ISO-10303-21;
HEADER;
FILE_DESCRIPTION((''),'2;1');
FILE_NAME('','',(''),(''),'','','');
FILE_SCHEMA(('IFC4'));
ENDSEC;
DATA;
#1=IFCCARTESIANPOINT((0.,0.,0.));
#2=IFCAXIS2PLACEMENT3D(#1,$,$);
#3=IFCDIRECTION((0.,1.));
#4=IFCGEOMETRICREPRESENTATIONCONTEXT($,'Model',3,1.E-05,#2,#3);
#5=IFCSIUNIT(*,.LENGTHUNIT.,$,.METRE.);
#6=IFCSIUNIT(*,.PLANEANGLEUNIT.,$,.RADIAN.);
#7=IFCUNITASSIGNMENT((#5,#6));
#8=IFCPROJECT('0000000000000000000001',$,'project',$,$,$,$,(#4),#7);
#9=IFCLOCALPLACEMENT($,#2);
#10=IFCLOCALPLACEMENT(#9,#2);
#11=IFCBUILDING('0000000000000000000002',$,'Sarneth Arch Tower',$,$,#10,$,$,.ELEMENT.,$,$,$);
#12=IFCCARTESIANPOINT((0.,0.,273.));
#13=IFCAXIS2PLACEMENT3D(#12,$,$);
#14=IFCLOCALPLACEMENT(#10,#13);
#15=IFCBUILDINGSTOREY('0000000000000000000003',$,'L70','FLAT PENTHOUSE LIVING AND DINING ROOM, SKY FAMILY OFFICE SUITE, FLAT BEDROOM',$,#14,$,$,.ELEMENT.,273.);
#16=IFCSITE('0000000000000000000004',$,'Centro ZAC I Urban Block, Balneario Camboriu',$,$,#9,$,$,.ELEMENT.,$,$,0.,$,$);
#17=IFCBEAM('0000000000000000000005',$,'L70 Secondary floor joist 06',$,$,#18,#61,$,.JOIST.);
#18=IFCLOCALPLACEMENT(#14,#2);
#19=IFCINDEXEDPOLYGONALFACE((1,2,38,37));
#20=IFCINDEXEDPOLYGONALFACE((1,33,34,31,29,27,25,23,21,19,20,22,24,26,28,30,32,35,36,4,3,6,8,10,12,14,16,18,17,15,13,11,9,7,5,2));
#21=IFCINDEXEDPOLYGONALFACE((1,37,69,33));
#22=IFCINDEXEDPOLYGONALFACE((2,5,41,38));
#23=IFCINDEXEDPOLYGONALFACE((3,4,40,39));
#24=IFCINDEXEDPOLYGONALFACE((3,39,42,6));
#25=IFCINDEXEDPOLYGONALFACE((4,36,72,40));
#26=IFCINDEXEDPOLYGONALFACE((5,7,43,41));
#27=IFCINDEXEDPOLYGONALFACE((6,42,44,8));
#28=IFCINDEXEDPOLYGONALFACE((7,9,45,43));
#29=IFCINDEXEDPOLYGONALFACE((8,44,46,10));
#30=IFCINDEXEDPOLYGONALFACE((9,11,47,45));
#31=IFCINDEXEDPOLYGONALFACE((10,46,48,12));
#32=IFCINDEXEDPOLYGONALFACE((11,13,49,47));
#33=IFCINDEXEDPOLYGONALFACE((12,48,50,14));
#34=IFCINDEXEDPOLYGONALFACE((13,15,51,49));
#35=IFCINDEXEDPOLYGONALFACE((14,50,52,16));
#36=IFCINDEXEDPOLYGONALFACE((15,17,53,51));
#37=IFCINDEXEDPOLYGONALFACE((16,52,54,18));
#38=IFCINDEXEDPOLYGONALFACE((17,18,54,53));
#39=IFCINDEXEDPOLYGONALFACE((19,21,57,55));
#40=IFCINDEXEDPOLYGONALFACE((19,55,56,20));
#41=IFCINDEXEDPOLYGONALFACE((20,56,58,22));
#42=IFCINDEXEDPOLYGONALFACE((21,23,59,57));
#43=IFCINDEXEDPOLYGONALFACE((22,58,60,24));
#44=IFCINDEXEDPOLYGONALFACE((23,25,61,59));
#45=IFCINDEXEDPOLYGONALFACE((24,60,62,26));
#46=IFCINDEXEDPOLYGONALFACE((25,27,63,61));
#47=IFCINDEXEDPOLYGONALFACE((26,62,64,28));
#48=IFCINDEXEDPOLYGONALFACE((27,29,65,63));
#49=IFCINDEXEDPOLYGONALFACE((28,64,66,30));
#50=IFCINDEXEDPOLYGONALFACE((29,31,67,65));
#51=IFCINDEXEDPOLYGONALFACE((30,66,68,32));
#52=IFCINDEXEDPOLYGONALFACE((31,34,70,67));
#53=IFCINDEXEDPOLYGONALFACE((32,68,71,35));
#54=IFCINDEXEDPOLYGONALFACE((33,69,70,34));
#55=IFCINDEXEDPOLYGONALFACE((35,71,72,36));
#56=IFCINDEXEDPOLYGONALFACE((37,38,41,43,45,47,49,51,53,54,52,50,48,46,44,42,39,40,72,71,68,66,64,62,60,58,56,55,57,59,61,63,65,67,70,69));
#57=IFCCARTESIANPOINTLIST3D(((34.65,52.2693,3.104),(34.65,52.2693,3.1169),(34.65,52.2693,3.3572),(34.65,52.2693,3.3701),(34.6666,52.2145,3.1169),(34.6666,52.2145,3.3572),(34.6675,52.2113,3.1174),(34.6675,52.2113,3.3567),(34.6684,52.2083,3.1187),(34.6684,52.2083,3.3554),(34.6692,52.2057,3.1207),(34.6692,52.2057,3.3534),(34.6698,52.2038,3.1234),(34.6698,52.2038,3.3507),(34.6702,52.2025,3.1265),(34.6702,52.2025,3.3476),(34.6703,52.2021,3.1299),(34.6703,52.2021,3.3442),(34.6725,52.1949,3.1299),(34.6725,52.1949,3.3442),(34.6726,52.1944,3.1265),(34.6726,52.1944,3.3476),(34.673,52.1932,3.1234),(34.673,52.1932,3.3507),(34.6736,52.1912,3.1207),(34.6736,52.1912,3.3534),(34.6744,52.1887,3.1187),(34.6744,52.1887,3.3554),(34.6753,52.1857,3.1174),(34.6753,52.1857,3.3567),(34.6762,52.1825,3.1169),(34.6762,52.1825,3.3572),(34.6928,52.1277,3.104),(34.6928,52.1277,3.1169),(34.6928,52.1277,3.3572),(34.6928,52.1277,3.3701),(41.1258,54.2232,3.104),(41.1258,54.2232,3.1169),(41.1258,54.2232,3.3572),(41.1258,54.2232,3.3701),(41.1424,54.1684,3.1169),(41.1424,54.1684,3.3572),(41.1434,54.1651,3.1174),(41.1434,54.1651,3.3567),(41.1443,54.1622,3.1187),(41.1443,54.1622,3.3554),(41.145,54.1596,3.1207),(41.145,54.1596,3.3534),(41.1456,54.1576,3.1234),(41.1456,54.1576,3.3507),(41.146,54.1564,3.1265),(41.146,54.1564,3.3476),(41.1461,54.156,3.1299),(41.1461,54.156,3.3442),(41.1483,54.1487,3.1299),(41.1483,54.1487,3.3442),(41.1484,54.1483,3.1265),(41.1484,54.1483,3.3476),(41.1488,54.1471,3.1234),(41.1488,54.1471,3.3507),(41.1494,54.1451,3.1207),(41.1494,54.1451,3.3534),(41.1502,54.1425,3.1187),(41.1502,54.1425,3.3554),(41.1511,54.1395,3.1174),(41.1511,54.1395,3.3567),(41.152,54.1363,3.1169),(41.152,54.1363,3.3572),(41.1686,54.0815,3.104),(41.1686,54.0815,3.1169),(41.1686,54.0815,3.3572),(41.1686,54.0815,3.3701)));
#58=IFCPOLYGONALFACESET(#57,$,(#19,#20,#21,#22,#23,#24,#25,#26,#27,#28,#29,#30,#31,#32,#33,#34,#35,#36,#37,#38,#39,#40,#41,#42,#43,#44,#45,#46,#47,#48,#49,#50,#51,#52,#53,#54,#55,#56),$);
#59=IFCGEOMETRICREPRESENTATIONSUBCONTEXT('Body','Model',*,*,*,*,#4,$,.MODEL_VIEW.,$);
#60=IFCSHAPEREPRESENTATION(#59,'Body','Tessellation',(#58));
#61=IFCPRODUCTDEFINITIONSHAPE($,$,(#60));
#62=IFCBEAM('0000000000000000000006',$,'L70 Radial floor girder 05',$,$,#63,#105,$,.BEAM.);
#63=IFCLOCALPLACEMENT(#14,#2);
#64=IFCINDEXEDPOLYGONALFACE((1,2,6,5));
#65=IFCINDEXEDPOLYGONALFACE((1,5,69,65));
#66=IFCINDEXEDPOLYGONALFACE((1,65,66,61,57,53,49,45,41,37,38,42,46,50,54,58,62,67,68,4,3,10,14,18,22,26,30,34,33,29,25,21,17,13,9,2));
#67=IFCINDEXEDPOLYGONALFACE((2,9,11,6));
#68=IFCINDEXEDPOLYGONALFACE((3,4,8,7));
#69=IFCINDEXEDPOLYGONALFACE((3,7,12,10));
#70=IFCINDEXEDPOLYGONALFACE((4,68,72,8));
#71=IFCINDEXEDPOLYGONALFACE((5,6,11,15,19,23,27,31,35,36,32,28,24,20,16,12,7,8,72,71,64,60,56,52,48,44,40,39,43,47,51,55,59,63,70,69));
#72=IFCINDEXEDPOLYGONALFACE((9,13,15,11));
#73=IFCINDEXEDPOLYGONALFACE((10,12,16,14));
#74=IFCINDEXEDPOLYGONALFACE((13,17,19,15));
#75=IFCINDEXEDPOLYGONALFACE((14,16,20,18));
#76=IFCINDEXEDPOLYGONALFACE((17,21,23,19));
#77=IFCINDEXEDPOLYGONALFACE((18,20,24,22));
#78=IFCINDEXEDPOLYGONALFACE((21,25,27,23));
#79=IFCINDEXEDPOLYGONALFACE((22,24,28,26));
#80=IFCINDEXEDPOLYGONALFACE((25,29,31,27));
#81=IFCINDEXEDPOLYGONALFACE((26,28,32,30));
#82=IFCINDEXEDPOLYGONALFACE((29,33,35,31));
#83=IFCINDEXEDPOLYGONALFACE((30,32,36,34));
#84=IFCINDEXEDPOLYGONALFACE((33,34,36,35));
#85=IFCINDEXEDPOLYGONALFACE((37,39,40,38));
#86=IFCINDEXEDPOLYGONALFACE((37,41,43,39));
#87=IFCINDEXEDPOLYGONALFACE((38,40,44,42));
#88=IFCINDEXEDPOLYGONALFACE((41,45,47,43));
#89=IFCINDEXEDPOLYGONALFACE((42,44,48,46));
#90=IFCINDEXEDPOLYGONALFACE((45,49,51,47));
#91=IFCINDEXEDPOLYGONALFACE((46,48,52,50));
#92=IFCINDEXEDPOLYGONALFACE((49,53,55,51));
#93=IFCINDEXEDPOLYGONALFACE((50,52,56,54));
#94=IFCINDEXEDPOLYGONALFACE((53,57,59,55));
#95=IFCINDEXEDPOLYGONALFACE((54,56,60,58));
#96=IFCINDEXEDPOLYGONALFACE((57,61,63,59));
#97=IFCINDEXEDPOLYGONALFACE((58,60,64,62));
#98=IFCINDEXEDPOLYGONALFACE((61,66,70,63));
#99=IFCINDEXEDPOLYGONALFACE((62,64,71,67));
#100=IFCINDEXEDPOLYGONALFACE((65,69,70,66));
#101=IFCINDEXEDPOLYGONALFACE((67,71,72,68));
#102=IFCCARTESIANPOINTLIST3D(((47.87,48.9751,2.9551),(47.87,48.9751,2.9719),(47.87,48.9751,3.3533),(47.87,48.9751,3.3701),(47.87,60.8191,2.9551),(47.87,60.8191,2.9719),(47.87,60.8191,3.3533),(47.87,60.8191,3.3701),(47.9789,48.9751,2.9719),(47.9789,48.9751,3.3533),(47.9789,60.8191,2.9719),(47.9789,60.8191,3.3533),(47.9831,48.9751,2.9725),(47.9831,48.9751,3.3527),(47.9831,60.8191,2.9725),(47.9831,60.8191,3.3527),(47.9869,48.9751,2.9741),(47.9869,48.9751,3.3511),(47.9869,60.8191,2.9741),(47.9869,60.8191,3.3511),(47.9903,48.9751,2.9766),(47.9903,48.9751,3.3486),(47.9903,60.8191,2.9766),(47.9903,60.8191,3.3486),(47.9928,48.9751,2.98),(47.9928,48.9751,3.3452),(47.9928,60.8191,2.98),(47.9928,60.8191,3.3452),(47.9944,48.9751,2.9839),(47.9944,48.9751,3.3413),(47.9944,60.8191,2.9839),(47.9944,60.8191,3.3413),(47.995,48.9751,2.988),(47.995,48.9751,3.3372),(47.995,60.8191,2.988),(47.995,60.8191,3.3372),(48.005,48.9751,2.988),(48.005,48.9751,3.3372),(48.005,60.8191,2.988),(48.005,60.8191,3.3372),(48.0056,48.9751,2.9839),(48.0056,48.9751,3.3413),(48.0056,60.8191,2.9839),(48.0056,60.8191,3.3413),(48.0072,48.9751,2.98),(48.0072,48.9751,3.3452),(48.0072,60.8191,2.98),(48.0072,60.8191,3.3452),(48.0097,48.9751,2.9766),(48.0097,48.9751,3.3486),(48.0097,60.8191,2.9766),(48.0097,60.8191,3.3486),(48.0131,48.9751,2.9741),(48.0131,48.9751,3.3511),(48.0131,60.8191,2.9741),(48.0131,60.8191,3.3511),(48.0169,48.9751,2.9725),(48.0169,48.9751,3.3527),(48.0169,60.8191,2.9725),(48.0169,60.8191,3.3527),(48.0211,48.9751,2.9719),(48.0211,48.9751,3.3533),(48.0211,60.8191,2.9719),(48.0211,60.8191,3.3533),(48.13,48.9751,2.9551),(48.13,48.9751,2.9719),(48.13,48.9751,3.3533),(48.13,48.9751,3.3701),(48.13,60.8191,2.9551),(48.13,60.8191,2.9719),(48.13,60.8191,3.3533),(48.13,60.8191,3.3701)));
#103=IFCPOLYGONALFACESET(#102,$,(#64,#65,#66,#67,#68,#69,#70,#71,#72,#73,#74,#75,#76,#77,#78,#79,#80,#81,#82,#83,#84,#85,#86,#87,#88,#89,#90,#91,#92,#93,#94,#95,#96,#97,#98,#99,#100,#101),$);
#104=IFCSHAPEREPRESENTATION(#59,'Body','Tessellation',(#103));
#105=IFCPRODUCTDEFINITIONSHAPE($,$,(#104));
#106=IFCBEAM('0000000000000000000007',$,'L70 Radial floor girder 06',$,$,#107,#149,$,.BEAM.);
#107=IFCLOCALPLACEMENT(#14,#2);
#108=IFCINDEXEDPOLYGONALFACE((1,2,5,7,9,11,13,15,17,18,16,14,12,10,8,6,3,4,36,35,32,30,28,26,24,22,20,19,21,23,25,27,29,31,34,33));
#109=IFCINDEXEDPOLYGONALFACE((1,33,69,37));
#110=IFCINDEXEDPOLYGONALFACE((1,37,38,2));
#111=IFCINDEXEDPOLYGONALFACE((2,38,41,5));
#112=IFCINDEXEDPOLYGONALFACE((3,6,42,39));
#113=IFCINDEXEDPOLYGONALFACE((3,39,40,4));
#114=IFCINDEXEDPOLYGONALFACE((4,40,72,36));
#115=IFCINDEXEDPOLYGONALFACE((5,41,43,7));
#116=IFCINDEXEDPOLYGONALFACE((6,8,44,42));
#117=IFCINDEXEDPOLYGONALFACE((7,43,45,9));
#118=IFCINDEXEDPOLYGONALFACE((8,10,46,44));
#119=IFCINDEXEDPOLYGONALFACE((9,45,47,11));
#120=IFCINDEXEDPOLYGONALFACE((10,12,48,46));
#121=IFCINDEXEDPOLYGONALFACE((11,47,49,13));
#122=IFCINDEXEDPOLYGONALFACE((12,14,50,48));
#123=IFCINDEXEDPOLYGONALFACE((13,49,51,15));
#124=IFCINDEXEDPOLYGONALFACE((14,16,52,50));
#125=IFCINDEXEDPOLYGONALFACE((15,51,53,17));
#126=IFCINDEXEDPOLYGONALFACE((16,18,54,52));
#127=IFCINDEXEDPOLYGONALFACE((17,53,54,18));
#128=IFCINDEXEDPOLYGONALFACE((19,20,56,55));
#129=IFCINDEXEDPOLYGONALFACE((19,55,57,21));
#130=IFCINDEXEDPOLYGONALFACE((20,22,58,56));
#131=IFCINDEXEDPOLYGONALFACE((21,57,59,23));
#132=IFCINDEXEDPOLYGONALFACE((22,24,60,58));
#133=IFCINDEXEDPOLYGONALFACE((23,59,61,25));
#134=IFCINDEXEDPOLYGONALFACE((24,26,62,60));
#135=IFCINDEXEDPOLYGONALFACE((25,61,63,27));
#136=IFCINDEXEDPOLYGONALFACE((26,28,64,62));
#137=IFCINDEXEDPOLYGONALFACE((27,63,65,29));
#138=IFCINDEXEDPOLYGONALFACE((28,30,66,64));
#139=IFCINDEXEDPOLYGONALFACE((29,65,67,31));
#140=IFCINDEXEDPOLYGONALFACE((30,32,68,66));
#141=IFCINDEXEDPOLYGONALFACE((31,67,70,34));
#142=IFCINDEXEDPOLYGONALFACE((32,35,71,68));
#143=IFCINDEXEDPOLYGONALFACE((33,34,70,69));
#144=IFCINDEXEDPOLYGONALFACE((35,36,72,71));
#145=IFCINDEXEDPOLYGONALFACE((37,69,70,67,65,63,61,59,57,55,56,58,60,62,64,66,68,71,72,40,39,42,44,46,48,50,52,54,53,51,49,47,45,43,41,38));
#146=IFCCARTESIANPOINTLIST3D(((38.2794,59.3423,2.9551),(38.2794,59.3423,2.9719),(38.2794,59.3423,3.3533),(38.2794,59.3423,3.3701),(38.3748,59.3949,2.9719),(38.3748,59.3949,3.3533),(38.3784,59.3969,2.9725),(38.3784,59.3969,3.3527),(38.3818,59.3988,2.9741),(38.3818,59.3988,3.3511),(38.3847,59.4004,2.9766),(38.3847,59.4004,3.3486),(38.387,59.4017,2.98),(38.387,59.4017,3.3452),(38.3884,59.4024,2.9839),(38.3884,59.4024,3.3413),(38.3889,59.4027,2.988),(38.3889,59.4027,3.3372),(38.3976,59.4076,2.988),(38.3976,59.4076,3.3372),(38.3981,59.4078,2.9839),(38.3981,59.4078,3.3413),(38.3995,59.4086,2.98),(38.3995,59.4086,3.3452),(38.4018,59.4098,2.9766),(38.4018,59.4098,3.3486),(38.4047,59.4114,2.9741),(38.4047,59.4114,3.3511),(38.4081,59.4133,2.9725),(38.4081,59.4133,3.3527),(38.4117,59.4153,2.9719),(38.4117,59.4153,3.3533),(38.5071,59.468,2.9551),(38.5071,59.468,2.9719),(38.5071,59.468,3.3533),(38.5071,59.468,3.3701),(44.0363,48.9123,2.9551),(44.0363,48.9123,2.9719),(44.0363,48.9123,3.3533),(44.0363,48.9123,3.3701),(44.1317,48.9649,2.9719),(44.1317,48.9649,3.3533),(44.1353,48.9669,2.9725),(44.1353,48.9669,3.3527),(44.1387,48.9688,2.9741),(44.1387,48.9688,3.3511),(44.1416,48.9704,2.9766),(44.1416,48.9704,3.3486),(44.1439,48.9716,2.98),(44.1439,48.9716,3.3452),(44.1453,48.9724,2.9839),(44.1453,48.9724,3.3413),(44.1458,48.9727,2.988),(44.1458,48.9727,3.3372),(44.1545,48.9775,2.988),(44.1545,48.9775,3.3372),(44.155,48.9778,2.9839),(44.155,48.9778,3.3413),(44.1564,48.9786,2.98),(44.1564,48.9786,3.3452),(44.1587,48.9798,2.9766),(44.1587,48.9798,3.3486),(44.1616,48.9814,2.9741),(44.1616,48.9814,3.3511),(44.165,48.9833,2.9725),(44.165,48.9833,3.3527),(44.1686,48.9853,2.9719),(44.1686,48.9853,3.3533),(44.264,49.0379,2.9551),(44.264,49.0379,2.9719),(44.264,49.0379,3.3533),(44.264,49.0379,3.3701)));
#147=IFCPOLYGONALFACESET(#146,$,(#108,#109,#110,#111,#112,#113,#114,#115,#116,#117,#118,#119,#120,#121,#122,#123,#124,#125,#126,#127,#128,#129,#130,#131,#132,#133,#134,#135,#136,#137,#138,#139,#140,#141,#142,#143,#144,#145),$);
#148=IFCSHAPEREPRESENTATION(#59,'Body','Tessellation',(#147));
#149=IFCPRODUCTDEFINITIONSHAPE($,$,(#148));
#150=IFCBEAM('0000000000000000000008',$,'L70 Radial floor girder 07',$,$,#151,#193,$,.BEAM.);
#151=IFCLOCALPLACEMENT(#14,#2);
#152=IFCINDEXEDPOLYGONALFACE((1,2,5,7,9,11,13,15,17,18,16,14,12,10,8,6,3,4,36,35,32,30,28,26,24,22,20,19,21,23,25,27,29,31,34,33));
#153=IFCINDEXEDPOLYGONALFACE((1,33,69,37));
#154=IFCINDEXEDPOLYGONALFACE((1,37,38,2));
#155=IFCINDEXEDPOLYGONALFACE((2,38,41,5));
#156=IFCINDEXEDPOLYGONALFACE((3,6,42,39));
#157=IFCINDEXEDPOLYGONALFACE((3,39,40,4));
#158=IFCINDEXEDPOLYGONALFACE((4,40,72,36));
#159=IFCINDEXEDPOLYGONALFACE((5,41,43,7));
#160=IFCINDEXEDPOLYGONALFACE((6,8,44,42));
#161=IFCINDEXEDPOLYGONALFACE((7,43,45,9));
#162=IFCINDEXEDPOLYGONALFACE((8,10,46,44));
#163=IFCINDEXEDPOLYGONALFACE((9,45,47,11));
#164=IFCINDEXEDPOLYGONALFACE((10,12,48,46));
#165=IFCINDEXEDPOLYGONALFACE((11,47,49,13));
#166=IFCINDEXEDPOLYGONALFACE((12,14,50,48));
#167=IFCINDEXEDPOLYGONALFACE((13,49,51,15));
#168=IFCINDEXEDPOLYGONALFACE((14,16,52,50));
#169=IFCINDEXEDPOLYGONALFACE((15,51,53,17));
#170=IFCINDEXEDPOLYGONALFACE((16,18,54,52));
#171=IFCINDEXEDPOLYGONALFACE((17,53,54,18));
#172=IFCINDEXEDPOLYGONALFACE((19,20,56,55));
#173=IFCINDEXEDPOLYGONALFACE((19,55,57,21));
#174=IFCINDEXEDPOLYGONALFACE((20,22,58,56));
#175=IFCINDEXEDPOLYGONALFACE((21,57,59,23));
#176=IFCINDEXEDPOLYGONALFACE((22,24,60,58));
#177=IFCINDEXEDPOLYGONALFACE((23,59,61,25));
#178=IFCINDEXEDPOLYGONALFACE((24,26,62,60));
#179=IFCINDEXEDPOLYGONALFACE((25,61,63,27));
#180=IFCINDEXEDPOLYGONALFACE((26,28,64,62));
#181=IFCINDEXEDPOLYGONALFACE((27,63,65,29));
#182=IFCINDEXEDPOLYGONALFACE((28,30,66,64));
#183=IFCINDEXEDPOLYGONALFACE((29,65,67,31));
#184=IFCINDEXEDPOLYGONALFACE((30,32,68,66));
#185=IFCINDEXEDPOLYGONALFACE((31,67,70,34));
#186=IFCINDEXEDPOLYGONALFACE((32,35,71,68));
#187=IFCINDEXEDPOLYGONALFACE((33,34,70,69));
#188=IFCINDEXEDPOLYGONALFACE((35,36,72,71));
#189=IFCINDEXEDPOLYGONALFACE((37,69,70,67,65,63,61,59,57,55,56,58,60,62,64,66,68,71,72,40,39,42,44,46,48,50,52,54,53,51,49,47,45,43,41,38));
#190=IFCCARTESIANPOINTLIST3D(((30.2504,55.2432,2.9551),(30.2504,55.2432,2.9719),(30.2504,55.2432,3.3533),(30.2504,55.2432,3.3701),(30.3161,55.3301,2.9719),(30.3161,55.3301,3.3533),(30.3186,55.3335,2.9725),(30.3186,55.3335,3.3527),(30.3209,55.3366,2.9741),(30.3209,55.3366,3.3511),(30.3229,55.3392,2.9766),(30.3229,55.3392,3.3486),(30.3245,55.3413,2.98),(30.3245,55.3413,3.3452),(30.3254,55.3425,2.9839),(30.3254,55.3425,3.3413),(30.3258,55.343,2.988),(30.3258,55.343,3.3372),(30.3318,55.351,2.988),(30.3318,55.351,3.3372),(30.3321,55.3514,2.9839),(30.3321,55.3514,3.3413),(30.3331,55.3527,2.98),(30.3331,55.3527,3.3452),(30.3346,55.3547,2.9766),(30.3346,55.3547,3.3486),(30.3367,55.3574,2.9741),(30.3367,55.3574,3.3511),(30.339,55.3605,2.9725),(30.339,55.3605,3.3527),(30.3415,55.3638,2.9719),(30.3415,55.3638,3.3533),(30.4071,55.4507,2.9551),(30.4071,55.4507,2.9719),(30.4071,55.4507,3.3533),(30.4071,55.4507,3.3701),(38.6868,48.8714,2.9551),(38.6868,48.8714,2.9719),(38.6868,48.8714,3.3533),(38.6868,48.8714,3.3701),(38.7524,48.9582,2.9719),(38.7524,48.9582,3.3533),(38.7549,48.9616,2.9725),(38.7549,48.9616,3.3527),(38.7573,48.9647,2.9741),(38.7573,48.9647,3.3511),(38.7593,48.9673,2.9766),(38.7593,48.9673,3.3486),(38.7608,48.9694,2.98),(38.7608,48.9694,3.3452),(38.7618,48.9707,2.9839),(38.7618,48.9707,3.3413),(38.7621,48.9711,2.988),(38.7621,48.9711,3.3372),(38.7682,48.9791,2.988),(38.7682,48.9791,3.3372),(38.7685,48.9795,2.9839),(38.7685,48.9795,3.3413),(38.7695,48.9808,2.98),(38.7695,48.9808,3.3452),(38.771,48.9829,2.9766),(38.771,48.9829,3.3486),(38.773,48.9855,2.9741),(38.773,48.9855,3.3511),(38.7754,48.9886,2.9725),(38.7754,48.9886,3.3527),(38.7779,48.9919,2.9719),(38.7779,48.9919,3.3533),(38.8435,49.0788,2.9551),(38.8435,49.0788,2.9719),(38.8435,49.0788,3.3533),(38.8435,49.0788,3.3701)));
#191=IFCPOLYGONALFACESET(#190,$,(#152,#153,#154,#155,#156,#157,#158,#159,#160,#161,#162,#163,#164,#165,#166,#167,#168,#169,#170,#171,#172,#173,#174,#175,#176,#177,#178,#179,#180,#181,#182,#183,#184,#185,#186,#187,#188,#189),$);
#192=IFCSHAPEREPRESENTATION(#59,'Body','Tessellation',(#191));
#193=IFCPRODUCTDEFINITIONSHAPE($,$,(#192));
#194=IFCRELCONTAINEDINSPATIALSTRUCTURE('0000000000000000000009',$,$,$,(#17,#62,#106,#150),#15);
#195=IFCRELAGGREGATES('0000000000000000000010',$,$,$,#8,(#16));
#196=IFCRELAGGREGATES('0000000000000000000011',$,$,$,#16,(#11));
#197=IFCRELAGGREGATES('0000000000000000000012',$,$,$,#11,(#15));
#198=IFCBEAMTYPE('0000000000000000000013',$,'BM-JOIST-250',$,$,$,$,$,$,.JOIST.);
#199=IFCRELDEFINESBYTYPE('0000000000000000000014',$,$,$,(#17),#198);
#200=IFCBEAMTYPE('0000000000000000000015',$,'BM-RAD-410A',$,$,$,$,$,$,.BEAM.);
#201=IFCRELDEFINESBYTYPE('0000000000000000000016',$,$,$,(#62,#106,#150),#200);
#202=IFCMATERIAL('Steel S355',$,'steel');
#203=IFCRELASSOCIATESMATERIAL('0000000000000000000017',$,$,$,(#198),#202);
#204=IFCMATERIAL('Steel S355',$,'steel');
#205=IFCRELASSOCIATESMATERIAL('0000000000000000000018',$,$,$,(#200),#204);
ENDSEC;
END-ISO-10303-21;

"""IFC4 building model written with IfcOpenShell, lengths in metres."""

from ifc_helpers import new_model, si_unit, direction, frame, origin, origin_2d, place, context, subcontext, project, spatial, i_section, extrude, material, material_profile, profile_set, type_object, element, save


model = new_model("IFC4")

# Units and contexts
model_context = context("Model", 3, precision=1e-05, world=origin(), true_north=direction((0.0, 1.0)))
body_context = subcontext(model_context, "Body", "Model", "MODEL_VIEW")
ifc_project = project(units=[si_unit("LENGTHUNIT", "METRE"), si_unit("PLANEANGLEUNIT", "RADIAN")], contexts=[model_context])

# Site, building, storey
site_placement = place(None, origin())
site = spatial("IfcSite", under=ifc_project, at=site_placement, Name="Centro ZAC I Urban Block, Balneario Camboriu", CompositionType="ELEMENT", RefElevation=0.0)
building_placement = place(site_placement, origin())
building = spatial("IfcBuilding", under=site, at=building_placement, Name="Sarneth Arch Tower", CompositionType="ELEMENT")
storey_placement = place(building_placement, frame((0.0, 0.0, 273.0)))
storey = spatial("IfcBuildingStorey", under=building, at=storey_placement, Name="L70", Description="FLAT PENTHOUSE LIVING AND DINING ROOM, SKY FAMILY OFFICE SUITE, FLAT BEDROOM", CompositionType="ELEMENT", Elevation=273.0)

# Beams
ifc_material_1 = material(Name="Steel S355", Category="steel")
ifc_material_profile_1 = material_profile(ifc_material_1, i_section(OverallWidth=0.1479, OverallDepth=0.2661, WebThickness=0.0076, FlangeThickness=0.0129, FilletRadius=0.0129, at=origin_2d()), Name="W250x44.8")
ifc_profile_set_1 = profile_set([ifc_material_profile_1], Name="Steel S355")
beam_type_1 = type_object("IfcBeamType", Name="BM-JOIST-250", PredefinedType="JOIST", material=ifc_profile_set_1)
beam_1_placement = place(storey_placement, frame((41.1472, 54.1523, 3.2371), z_axis=(-0.957373, -0.288854, 0.0), x_axis=(0.288854, -0.957373, 0.0)))
element("IfcBeam", 1, at=beam_1_placement, inside=storey, type_object=beam_type_1, Name="L70 Secondary floor joist 06", PredefinedType="JOIST", context=body_context, shape_type="SweptSolid", body=[
    extrude(i_section(OverallWidth=0.1479, OverallDepth=0.2661, WebThickness=0.0076, FlangeThickness=0.0129, FilletRadius=0.0129, at=origin_2d()), origin(), (0.0, 0.0, 1.0), 6.7642),
])
ifc_material_2 = material(Name="Steel S355", Category="steel")
ifc_material_profile_2 = material_profile(ifc_material_2, i_section(OverallWidth=0.26, OverallDepth=0.415, WebThickness=0.01, FlangeThickness=0.0168, FilletRadius=0.0161, at=origin_2d()), Name="W410x100")
ifc_profile_set_2 = profile_set([ifc_material_profile_2], Name="Steel S355")
beam_type_2 = type_object("IfcBeamType", Name="BM-RAD-410A", PredefinedType="BEAM", material=ifc_profile_set_2)
beam_2_placement = place(storey_placement, frame((48.0, 48.9751, 3.1626), z_axis=(0.0, 1.0, 0.0), x_axis=(-1.0, 0.0, 0.0)))
element("IfcBeam", 2, at=beam_2_placement, inside=storey, type_object=beam_type_2, Name="L70 Radial floor girder 05", PredefinedType="BEAM", context=body_context, shape_type="SweptSolid", body=[
    extrude(i_section(OverallWidth=0.26, OverallDepth=0.415, WebThickness=0.01, FlangeThickness=0.0168, FilletRadius=0.0161, at=origin_2d()), origin(), (0.0, 0.0, 1.0), 11.844),
])
beam_3_placement = place(storey_placement, frame((44.1501, 48.9751, 3.1626), z_axis=(-0.483231, 0.875493, 0.0), x_axis=(-0.875493, -0.483231, 0.0)))
element("IfcBeam", 3, at=beam_3_placement, inside=storey, type_object=beam_type_2, Name="L70 Radial floor girder 06", PredefinedType="BEAM", context=body_context, shape_type="SweptSolid", body=[
    extrude(i_section(OverallWidth=0.26, OverallDepth=0.415, WebThickness=0.01, FlangeThickness=0.0168, FilletRadius=0.0161, at=origin_2d()), origin(), (0.0, 0.0, 1.0), 11.9133),
])
beam_4_placement = place(storey_placement, frame((38.7651, 48.9751, 3.1626), z_axis=(-0.79797, 0.602698, 0.0), x_axis=(-0.602698, -0.79797, 0.0)))
element("IfcBeam", 4, at=beam_4_placement, inside=storey, type_object=beam_type_2, Name="L70 Radial floor girder 07", PredefinedType="BEAM", context=body_context, shape_type="SweptSolid", body=[
    extrude(i_section(OverallWidth=0.26, OverallDepth=0.415, WebThickness=0.01, FlangeThickness=0.0168, FilletRadius=0.0161, at=origin_2d()), origin(), (0.0, 0.0, 1.0), 10.5723),
])

save(model, "model.ifc")
